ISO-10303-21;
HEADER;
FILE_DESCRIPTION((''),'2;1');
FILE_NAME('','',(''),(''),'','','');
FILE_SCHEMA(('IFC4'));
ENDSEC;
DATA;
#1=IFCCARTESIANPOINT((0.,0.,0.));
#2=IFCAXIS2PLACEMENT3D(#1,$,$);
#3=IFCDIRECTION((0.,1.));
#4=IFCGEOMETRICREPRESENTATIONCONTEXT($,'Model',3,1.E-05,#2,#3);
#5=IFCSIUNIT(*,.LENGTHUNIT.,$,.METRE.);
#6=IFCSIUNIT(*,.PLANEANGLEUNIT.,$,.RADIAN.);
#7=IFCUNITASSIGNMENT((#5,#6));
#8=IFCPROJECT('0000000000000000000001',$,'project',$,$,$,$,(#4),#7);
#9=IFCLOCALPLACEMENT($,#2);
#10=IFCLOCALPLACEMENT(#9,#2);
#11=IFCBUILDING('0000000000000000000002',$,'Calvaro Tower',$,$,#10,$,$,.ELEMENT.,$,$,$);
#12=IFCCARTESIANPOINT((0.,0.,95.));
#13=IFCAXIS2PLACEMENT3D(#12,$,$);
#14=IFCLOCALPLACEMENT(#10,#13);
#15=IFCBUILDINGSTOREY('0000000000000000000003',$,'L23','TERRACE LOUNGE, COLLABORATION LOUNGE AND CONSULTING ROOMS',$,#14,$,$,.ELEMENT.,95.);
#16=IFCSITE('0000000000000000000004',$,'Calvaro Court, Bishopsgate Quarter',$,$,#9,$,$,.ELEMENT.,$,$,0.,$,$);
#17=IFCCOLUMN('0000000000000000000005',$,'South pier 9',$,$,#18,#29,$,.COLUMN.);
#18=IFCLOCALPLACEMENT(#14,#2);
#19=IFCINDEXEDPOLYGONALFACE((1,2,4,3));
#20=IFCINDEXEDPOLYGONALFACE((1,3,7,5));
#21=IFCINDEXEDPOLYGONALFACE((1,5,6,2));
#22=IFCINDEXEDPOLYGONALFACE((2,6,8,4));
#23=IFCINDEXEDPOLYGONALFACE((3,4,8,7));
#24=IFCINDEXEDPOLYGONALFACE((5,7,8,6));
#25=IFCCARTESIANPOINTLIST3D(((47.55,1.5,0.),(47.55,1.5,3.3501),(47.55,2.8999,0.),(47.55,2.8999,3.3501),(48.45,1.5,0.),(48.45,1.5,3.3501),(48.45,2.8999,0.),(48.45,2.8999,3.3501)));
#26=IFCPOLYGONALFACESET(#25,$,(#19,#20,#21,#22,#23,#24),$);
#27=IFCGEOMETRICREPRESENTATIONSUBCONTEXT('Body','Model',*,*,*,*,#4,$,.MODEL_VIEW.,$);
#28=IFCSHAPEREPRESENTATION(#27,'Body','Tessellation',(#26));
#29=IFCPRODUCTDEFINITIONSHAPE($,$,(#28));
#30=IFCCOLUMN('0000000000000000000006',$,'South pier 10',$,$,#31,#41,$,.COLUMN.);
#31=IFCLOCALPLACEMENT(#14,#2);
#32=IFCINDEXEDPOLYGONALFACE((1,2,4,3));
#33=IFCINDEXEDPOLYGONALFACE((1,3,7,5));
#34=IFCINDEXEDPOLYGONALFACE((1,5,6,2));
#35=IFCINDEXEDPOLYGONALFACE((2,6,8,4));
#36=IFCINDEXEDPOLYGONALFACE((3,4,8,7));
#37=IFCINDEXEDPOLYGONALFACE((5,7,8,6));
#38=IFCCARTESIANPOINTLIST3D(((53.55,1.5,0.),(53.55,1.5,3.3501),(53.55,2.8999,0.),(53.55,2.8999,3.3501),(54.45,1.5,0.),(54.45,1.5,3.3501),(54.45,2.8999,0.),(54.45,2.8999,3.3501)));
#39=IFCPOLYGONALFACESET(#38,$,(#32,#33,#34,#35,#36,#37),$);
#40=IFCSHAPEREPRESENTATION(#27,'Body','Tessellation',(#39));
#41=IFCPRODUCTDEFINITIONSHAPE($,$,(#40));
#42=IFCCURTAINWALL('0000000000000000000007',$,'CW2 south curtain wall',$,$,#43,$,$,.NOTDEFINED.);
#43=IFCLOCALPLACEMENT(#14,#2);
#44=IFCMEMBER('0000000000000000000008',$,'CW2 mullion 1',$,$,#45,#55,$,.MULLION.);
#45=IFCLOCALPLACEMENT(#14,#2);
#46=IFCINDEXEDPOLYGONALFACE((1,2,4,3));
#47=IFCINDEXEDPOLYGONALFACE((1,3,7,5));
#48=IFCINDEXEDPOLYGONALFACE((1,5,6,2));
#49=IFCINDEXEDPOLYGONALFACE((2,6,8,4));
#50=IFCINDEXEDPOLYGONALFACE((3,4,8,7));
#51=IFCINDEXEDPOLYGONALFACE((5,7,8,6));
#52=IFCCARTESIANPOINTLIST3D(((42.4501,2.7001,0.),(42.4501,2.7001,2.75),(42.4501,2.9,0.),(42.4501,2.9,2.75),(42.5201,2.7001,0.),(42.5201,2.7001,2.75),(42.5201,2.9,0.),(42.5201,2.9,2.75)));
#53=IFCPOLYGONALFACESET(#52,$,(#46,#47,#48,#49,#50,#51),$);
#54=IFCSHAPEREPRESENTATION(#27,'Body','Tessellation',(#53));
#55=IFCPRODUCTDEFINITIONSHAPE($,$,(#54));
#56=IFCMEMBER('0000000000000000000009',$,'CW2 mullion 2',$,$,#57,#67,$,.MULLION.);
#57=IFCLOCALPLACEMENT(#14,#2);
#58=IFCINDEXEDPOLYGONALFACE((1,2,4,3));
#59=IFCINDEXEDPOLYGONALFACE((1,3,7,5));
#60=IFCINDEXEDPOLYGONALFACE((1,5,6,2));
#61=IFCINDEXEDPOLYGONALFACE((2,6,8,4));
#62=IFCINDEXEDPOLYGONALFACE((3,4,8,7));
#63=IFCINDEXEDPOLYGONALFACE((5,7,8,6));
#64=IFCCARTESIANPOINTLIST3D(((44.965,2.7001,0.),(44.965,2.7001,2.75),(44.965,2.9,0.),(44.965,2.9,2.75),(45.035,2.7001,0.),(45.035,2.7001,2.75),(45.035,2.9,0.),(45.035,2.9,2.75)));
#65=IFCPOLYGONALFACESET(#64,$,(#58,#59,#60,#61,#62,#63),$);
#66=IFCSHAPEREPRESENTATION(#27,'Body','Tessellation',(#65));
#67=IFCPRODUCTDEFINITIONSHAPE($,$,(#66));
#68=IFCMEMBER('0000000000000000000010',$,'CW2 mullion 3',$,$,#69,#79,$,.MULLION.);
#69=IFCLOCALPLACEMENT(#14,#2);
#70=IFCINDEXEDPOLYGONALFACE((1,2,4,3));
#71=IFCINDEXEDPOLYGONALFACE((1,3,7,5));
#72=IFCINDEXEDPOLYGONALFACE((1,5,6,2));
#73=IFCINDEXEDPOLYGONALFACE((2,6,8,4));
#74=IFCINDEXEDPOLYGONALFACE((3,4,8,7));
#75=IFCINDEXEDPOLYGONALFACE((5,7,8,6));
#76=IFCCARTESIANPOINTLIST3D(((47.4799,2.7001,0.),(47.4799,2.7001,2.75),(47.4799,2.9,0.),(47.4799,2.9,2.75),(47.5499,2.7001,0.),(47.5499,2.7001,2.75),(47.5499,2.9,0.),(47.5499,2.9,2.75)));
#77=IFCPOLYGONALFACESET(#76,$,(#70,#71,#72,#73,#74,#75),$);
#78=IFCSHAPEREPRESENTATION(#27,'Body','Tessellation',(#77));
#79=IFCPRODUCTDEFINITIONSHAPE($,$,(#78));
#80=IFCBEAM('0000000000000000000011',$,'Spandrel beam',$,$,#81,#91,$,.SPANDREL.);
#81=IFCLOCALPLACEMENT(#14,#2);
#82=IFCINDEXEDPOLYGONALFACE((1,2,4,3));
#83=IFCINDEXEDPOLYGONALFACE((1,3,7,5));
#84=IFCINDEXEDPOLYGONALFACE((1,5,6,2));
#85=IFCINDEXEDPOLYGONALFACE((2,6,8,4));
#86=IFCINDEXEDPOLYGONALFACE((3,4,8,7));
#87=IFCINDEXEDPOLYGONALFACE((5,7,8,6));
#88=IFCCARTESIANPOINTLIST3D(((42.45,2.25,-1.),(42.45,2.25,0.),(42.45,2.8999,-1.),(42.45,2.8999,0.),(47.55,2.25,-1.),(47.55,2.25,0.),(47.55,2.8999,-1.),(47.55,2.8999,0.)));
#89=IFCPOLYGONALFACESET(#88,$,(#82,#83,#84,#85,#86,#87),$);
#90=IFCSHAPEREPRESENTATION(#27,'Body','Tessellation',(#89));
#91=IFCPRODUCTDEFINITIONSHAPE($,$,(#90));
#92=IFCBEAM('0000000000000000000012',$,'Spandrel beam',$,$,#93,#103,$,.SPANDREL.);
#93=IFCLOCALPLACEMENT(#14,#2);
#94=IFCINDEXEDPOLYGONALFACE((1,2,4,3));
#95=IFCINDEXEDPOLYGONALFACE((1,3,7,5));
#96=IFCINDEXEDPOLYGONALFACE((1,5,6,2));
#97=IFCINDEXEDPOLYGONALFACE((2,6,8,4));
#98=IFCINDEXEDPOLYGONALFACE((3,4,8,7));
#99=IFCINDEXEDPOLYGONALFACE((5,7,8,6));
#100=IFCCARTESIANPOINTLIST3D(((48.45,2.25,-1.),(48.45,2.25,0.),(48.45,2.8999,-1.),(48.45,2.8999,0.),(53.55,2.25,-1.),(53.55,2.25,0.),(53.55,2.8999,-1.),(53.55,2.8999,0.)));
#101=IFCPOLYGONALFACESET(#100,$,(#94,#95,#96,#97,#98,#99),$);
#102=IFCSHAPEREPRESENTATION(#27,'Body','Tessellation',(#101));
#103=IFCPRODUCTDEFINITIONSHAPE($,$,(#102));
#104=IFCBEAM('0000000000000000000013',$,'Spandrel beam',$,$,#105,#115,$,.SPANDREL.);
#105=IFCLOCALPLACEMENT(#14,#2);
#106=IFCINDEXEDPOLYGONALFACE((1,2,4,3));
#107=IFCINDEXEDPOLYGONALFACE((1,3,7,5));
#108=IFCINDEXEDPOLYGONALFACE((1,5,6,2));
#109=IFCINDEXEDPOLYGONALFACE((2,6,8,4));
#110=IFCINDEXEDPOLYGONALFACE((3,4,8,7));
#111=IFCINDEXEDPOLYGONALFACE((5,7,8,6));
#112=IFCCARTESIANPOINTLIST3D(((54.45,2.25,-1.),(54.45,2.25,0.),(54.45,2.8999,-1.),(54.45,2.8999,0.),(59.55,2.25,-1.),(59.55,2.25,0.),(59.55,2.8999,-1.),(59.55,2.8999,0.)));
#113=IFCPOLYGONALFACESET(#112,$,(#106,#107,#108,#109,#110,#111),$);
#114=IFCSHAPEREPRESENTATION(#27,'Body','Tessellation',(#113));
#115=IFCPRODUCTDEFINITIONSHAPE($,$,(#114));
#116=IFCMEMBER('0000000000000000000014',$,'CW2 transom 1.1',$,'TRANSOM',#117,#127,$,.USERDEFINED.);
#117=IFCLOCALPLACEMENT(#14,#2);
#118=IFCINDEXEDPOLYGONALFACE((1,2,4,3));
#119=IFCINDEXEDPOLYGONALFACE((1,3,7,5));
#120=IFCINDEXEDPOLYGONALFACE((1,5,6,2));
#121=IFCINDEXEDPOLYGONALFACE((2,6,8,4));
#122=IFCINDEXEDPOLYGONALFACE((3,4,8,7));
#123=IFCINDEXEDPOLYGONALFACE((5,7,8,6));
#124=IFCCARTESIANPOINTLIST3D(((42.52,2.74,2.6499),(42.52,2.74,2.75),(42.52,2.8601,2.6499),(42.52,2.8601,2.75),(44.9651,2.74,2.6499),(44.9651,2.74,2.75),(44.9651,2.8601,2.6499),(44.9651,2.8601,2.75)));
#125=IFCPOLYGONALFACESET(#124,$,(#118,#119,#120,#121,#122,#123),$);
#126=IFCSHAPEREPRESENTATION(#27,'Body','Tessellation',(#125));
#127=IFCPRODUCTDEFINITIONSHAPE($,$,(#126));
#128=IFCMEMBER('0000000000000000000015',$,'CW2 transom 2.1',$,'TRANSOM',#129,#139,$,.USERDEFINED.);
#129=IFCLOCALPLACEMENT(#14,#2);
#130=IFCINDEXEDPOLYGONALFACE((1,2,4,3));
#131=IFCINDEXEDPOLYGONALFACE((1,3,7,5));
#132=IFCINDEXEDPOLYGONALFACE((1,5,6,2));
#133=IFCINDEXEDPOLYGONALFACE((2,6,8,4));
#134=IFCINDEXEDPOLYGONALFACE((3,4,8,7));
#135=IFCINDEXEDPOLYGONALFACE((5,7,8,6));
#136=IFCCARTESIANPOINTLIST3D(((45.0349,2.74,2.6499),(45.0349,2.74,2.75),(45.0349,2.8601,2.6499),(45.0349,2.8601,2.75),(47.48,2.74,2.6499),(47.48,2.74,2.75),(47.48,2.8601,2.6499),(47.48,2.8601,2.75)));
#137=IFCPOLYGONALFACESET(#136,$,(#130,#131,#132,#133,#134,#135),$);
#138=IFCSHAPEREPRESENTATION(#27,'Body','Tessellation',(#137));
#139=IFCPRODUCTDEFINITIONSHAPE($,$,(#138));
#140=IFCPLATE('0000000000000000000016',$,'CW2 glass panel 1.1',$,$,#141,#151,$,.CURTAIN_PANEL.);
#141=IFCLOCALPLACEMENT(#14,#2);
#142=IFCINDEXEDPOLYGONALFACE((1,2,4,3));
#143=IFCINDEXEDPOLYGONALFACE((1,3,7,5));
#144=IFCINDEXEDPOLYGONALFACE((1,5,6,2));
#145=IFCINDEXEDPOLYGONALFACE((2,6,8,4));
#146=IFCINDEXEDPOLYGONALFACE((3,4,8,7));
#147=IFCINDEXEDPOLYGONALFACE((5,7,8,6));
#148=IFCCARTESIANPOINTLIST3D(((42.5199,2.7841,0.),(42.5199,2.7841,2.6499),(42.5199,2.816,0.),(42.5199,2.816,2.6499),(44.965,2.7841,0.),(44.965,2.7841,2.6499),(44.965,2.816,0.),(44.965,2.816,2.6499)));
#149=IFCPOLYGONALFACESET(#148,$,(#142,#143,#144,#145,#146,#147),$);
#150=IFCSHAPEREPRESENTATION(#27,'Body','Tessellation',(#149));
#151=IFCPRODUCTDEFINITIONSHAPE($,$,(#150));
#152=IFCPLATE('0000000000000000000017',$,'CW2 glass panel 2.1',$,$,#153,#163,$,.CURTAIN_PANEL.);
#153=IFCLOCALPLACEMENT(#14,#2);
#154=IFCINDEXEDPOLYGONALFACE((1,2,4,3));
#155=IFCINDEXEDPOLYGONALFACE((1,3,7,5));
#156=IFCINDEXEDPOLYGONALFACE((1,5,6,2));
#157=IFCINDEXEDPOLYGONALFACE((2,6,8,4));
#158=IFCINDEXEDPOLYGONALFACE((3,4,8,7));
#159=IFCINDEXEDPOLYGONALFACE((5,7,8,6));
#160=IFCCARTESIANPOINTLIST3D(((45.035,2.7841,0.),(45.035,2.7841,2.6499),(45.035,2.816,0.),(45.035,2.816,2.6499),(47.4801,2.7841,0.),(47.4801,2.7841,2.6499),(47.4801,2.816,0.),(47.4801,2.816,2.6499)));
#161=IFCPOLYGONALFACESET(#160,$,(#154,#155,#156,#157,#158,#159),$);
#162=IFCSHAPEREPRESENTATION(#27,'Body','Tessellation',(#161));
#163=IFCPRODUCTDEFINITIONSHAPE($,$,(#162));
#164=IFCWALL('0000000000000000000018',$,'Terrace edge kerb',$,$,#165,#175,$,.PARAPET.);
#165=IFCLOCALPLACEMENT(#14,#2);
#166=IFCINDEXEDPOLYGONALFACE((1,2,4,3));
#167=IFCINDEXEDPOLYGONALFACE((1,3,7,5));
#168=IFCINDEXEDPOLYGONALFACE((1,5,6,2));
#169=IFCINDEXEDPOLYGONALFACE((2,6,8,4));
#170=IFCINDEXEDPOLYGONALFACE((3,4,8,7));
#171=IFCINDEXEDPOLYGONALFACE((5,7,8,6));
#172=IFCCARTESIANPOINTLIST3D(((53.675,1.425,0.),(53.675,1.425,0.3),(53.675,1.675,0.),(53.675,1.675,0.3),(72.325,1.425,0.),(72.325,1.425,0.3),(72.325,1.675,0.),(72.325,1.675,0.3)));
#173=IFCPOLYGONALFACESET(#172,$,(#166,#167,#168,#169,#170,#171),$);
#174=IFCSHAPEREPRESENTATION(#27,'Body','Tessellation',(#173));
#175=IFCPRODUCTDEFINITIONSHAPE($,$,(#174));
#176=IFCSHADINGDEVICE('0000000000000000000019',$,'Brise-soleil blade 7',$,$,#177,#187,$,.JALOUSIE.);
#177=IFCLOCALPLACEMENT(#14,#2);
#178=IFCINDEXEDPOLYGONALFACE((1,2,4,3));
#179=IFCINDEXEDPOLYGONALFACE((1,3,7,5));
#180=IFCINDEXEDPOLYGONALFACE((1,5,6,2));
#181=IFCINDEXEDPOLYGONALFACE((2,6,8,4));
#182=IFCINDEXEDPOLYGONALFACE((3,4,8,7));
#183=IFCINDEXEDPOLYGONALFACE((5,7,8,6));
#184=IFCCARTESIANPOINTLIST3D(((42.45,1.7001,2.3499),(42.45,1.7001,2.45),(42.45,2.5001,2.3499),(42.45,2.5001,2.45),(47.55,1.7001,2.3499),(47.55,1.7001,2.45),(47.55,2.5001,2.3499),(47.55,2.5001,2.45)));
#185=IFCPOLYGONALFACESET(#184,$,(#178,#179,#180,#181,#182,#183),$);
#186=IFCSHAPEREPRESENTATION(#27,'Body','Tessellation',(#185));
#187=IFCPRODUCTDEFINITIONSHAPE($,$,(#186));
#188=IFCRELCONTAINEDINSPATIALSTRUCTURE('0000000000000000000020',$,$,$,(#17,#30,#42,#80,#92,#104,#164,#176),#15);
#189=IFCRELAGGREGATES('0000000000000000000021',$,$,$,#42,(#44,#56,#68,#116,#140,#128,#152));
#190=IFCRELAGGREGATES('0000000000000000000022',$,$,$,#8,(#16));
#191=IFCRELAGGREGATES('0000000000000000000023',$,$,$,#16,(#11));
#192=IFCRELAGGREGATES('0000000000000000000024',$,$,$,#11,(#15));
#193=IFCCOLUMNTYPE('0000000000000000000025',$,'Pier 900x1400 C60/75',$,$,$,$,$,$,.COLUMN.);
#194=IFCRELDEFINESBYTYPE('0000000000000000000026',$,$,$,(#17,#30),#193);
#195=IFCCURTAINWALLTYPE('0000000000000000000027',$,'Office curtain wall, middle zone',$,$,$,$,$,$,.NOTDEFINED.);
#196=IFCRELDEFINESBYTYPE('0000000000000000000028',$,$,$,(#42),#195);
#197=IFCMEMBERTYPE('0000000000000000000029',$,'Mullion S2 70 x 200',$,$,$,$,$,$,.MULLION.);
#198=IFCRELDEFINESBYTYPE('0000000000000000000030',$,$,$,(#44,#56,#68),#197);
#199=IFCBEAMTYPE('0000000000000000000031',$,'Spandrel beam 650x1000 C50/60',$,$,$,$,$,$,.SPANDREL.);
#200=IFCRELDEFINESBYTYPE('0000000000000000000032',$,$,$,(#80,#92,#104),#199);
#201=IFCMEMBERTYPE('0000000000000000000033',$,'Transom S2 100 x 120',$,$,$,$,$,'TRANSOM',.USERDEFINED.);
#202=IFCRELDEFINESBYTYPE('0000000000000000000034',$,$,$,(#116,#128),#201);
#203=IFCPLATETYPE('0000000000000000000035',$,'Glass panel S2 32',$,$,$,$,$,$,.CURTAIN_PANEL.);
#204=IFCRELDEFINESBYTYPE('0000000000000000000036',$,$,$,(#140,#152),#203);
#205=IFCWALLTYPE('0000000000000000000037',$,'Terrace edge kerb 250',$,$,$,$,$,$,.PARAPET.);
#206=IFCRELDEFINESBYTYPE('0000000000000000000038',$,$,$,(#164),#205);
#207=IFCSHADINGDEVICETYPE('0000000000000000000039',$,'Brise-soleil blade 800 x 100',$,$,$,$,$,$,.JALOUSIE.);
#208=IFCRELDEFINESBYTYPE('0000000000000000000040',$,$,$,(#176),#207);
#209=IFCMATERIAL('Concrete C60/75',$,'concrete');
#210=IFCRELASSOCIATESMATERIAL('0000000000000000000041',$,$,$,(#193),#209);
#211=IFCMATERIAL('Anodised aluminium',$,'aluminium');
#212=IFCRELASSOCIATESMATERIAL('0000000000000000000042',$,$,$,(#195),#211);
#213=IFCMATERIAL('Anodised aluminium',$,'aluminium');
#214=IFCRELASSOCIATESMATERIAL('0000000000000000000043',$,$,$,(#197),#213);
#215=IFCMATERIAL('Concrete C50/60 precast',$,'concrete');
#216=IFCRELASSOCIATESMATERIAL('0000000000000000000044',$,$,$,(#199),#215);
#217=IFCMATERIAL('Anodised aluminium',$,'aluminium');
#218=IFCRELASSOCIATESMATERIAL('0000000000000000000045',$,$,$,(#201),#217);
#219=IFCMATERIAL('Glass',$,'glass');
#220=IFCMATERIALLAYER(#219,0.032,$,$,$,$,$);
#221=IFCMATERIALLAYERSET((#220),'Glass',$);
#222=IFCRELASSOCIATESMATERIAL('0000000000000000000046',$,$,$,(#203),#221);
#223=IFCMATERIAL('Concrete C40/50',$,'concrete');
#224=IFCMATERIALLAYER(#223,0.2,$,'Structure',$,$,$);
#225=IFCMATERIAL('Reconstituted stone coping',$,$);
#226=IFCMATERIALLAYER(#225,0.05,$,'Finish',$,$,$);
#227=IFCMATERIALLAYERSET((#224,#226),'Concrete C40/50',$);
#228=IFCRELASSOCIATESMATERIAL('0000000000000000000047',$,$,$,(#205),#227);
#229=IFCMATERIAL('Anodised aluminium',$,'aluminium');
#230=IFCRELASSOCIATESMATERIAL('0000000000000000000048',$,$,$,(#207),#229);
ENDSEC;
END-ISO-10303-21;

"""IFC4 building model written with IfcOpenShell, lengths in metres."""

from ifc_helpers import new_model, si_unit, direction, frame, frame_2d, origin, origin_2d, place, context, subcontext, project, spatial, rectangle, extrude, material, layer, layer_set, material_profile, profile_set, type_object, element, aggregate, save


model = new_model("IFC4")

# Units and contexts
model_context = context("Model", 3, precision=1e-05, world=origin(), true_north=direction((0.0, 1.0)))
body_context = subcontext(model_context, "Body", "Model", "MODEL_VIEW")
ifc_project = project(units=[si_unit("LENGTHUNIT", "METRE"), si_unit("PLANEANGLEUNIT", "RADIAN")], contexts=[model_context])

# Site, building, storey
site_placement = place(None, origin())
site = spatial("IfcSite", under=ifc_project, at=site_placement, Name="Calvaro Court, Bishopsgate Quarter", CompositionType="ELEMENT", RefElevation=0.0)
building_placement = place(site_placement, origin())
building = spatial("IfcBuilding", under=site, at=building_placement, Name="Calvaro Tower", CompositionType="ELEMENT")
storey_placement = place(building_placement, frame((0.0, 0.0, 95.0)))
storey = spatial("IfcBuildingStorey", under=building, at=storey_placement, Name="L23", Description="TERRACE LOUNGE, COLLABORATION LOUNGE AND CONSULTING ROOMS", CompositionType="ELEMENT", Elevation=95.0)

# Columns
ifc_material_1 = material(Name="Concrete C60/75", Category="concrete")
ifc_material_profile_1 = material_profile(ifc_material_1, rectangle(XDim=0.8999, YDim=1.3999, at=origin_2d()), Name="RC 900x1400")
ifc_profile_set_1 = profile_set([ifc_material_profile_1], Name="Concrete C60/75")
column_type = type_object("IfcColumnType", Name="Pier 900x1400 C60/75", PredefinedType="COLUMN", material=ifc_profile_set_1)
for number, where, z_axis, x_axis, name in (
    (1, (48.0, 2.2, 0.0), (0.0, 0.0, 1.0), (1.0, 0.0, 0.0), "South pier 9"),
    (2, (54.0, 2.2, 0.0), (0.0, 0.0, 1.0), (1.0, 0.0, 0.0), "South pier 10"),
):
    element("IfcColumn", number, at=place(storey_placement, frame(where, z_axis=z_axis, x_axis=x_axis)), inside=storey, type_object=column_type, Name=name, PredefinedType="COLUMN", context=body_context, shape_type="SweptSolid", body=[
        extrude(rectangle(XDim=0.8999, YDim=1.3999, at=origin_2d()), origin(), (0.0, 0.0, 1.0), 3.3501),
    ])

# Curtain wall, members
ifc_material_2 = material(Name="Anodised aluminium", Category="aluminium")
curtain_wall_type = type_object("IfcCurtainWallType", Name="Office curtain wall, middle zone", PredefinedType="NOTDEFINED", material=ifc_material_2)
curtain_wall_placement = place(storey_placement, origin())
curtain_wall = element("IfcCurtainWall", 3, at=curtain_wall_placement, inside=storey, type_object=curtain_wall_type, Name="CW2 south curtain wall", PredefinedType="NOTDEFINED")
ifc_material_3 = material(Name="Anodised aluminium", Category="aluminium")
ifc_material_profile_2 = material_profile(ifc_material_3, rectangle(XDim=0.2, YDim=0.0701, at=origin_2d()), Name="Mullion S2 70 x 200")
ifc_profile_set_2 = profile_set([ifc_material_profile_2], Name="Anodised aluminium")
member_type_1 = type_object("IfcMemberType", Name="Mullion S2 70 x 200", PredefinedType="MULLION", material=ifc_profile_set_2)
member_1_placement = place(storey_placement, frame((42.4851, 2.8, 0.0), z_axis=(0.0, 0.0, 1.0), x_axis=(0.0, 1.0, 0.0)))
member_1 = element("IfcMember", 4, at=member_1_placement, type_object=member_type_1, Name="CW2 mullion 1", PredefinedType="MULLION", context=body_context, shape_type="SweptSolid", body=[
    extrude(rectangle(XDim=0.2, YDim=0.0701, at=origin_2d()), origin(), (0.0, 0.0, 1.0), 2.75),
])
member_2_placement = place(storey_placement, frame((45.0, 2.8, 0.0), z_axis=(0.0, 0.0, 1.0), x_axis=(0.0, 1.0, 0.0)))
member_2 = element("IfcMember", 5, at=member_2_placement, type_object=member_type_1, Name="CW2 mullion 2", PredefinedType="MULLION", context=body_context, shape_type="SweptSolid", body=[
    extrude(rectangle(XDim=0.2, YDim=0.0701, at=origin_2d()), origin(), (0.0, 0.0, 1.0), 2.75),
])
member_3_placement = place(storey_placement, frame((47.5149, 2.8, 0.0), z_axis=(0.0, 0.0, 1.0), x_axis=(0.0, 1.0, 0.0)))
member_3 = element("IfcMember", 6, at=member_3_placement, type_object=member_type_1, Name="CW2 mullion 3", PredefinedType="MULLION", context=body_context, shape_type="SweptSolid", body=[
    extrude(rectangle(XDim=0.2, YDim=0.0701, at=origin_2d()), origin(), (0.0, 0.0, 1.0), 2.75),
])

# Beams
ifc_material_4 = material(Name="Concrete C50/60 precast", Category="concrete")
ifc_material_profile_3 = material_profile(ifc_material_4, rectangle(XDim=0.6499, YDim=1.0, at=origin_2d()), Name="RC 650x1000")
ifc_profile_set_3 = profile_set([ifc_material_profile_3], Name="Concrete C50/60 precast")
beam_type = type_object("IfcBeamType", Name="Spandrel beam 650x1000 C50/60", PredefinedType="SPANDREL", material=ifc_profile_set_3)
for number, where, z_axis, x_axis, name in (
    (7, (42.45, 2.575, -0.5), (1.0, 0.0, 0.0), (0.0, 1.0, 0.0), "Spandrel beam"),
    (8, (48.45, 2.575, -0.5), (1.0, 0.0, 0.0), (0.0, 1.0, 0.0), "Spandrel beam"),
    (9, (54.45, 2.575, -0.5), (1.0, 0.0, 0.0), (0.0, 1.0, 0.0), "Spandrel beam"),
):
    element("IfcBeam", number, at=place(storey_placement, frame(where, z_axis=z_axis, x_axis=x_axis)), inside=storey, type_object=beam_type, Name=name, PredefinedType="SPANDREL", context=body_context, shape_type="SweptSolid", body=[
        extrude(rectangle(XDim=0.6499, YDim=1.0, at=origin_2d()), origin(), (0.0, 0.0, 1.0), 5.1001),
    ])

# Members
ifc_material_5 = material(Name="Anodised aluminium", Category="aluminium")
ifc_material_profile_4 = material_profile(ifc_material_5, rectangle(XDim=0.1201, YDim=0.1001, at=origin_2d()), Name="Transom S2 100 x 120")
ifc_profile_set_4 = profile_set([ifc_material_profile_4], Name="Anodised aluminium")
member_type_2 = type_object("IfcMemberType", Name="Transom S2 100 x 120", ElementType="TRANSOM", PredefinedType="USERDEFINED", material=ifc_profile_set_4)
member_4_placement = place(storey_placement, frame((42.52, 2.8, 2.7), z_axis=(1.0, 0.0, 0.0), x_axis=(0.0, 1.0, 0.0)))
member_4 = element("IfcMember", 10, at=member_4_placement, type_object=member_type_2, Name="CW2 transom 1.1", ObjectType="TRANSOM", PredefinedType="USERDEFINED", context=body_context, shape_type="SweptSolid", body=[
    extrude(rectangle(XDim=0.1201, YDim=0.1001, at=origin_2d()), origin(), (0.0, 0.0, 1.0), 2.4451),
])
member_5_placement = place(storey_placement, frame((45.0349, 2.8, 2.7), z_axis=(1.0, 0.0, 0.0), x_axis=(0.0, 1.0, 0.0)))
member_5 = element("IfcMember", 11, at=member_5_placement, type_object=member_type_2, Name="CW2 transom 2.1", ObjectType="TRANSOM", PredefinedType="USERDEFINED", context=body_context, shape_type="SweptSolid", body=[
    extrude(rectangle(XDim=0.1201, YDim=0.1001, at=origin_2d()), origin(), (0.0, 0.0, 1.0), 2.4451),
])

# Plates
ifc_material_6 = material(Name="Glass", Category="glass")
ifc_layer_1 = layer(ifc_material_6, 0.032)
ifc_layer_set_1 = layer_set([ifc_layer_1], Name="Glass")
plate_type = type_object("IfcPlateType", Name="Glass panel S2 32", PredefinedType="CURTAIN_PANEL", material=ifc_layer_set_1)
plate_1_placement = place(storey_placement, frame((43.7424, 2.8, 0.0), z_axis=(0.0, 0.0, 1.0), x_axis=(1.0, 0.0, 0.0)))
plate_1 = element("IfcPlate", 12, at=plate_1_placement, type_object=plate_type, Name="CW2 glass panel 1.1", PredefinedType="CURTAIN_PANEL", context=body_context, shape_type="SweptSolid", body=[
    extrude(rectangle(XDim=2.4451, YDim=0.032, at=origin_2d()), origin(), (0.0, 0.0, 1.0), 2.6499),
])
plate_2_placement = place(storey_placement, frame((46.2576, 2.8, 0.0), z_axis=(0.0, 0.0, 1.0), x_axis=(1.0, 0.0, 0.0)))
plate_2 = element("IfcPlate", 13, at=plate_2_placement, type_object=plate_type, Name="CW2 glass panel 2.1", PredefinedType="CURTAIN_PANEL", context=body_context, shape_type="SweptSolid", body=[
    extrude(rectangle(XDim=2.4451, YDim=0.032, at=origin_2d()), origin(), (0.0, 0.0, 1.0), 2.6499),
])
aggregate(curtain_wall, [member_1, member_2, member_3, member_4, plate_1, member_5, plate_2])

# Wall
ifc_material_7 = material(Name="Concrete C40/50", Category="concrete")
ifc_layer_2 = layer(ifc_material_7, 0.2, Name="Structure")
ifc_material_8 = material(Name="Reconstituted stone coping")
ifc_layer_3 = layer(ifc_material_8, 0.05, Name="Finish")
ifc_layer_set_2 = layer_set([ifc_layer_2, ifc_layer_3], Name="Concrete C40/50")
wall_type = type_object("IfcWallType", Name="Terrace edge kerb 250", PredefinedType="PARAPET", material=ifc_layer_set_2)
wall_placement = place(storey_placement, frame((53.675, 1.55, 0.0), z_axis=(0.0, 0.0, 1.0), x_axis=(1.0, 0.0, 0.0)))
element("IfcWall", 14, at=wall_placement, inside=storey, type_object=wall_type, Name="Terrace edge kerb", PredefinedType="PARAPET", context=body_context, shape_type="SweptSolid", body=[
    extrude(rectangle(XDim=18.6499, YDim=0.25, at=frame_2d((9.325, 0.0))), origin(), (0.0, 0.0, 1.0), 0.3),
])

# Shading device
ifc_material_9 = material(Name="Anodised aluminium", Category="aluminium")
ifc_material_profile_5 = material_profile(ifc_material_9, rectangle(XDim=0.8, YDim=0.1001, at=origin_2d()), Name="Brise-soleil blade 800 x 100")
ifc_profile_set_5 = profile_set([ifc_material_profile_5], Name="Anodised aluminium")
shading_device_type = type_object("IfcShadingDeviceType", Name="Brise-soleil blade 800 x 100", PredefinedType="JALOUSIE", material=ifc_profile_set_5)
for number, where, z_axis, x_axis, name in (
    (15, (42.45, 2.1001, 2.3999), (1.0, 0.0, 0.0), (0.0, 1.0, 0.0), "Brise-soleil blade 7"),
):
    element("IfcShadingDevice", number, at=place(storey_placement, frame(where, z_axis=z_axis, x_axis=x_axis)), inside=storey, type_object=shading_device_type, Name=name, PredefinedType="JALOUSIE", context=body_context, shape_type="SweptSolid", body=[
        extrude(rectangle(XDim=0.8, YDim=0.1001, at=origin_2d()), origin(), (0.0, 0.0, 1.0), 5.1001),
    ])

save(model, "model.ifc")
